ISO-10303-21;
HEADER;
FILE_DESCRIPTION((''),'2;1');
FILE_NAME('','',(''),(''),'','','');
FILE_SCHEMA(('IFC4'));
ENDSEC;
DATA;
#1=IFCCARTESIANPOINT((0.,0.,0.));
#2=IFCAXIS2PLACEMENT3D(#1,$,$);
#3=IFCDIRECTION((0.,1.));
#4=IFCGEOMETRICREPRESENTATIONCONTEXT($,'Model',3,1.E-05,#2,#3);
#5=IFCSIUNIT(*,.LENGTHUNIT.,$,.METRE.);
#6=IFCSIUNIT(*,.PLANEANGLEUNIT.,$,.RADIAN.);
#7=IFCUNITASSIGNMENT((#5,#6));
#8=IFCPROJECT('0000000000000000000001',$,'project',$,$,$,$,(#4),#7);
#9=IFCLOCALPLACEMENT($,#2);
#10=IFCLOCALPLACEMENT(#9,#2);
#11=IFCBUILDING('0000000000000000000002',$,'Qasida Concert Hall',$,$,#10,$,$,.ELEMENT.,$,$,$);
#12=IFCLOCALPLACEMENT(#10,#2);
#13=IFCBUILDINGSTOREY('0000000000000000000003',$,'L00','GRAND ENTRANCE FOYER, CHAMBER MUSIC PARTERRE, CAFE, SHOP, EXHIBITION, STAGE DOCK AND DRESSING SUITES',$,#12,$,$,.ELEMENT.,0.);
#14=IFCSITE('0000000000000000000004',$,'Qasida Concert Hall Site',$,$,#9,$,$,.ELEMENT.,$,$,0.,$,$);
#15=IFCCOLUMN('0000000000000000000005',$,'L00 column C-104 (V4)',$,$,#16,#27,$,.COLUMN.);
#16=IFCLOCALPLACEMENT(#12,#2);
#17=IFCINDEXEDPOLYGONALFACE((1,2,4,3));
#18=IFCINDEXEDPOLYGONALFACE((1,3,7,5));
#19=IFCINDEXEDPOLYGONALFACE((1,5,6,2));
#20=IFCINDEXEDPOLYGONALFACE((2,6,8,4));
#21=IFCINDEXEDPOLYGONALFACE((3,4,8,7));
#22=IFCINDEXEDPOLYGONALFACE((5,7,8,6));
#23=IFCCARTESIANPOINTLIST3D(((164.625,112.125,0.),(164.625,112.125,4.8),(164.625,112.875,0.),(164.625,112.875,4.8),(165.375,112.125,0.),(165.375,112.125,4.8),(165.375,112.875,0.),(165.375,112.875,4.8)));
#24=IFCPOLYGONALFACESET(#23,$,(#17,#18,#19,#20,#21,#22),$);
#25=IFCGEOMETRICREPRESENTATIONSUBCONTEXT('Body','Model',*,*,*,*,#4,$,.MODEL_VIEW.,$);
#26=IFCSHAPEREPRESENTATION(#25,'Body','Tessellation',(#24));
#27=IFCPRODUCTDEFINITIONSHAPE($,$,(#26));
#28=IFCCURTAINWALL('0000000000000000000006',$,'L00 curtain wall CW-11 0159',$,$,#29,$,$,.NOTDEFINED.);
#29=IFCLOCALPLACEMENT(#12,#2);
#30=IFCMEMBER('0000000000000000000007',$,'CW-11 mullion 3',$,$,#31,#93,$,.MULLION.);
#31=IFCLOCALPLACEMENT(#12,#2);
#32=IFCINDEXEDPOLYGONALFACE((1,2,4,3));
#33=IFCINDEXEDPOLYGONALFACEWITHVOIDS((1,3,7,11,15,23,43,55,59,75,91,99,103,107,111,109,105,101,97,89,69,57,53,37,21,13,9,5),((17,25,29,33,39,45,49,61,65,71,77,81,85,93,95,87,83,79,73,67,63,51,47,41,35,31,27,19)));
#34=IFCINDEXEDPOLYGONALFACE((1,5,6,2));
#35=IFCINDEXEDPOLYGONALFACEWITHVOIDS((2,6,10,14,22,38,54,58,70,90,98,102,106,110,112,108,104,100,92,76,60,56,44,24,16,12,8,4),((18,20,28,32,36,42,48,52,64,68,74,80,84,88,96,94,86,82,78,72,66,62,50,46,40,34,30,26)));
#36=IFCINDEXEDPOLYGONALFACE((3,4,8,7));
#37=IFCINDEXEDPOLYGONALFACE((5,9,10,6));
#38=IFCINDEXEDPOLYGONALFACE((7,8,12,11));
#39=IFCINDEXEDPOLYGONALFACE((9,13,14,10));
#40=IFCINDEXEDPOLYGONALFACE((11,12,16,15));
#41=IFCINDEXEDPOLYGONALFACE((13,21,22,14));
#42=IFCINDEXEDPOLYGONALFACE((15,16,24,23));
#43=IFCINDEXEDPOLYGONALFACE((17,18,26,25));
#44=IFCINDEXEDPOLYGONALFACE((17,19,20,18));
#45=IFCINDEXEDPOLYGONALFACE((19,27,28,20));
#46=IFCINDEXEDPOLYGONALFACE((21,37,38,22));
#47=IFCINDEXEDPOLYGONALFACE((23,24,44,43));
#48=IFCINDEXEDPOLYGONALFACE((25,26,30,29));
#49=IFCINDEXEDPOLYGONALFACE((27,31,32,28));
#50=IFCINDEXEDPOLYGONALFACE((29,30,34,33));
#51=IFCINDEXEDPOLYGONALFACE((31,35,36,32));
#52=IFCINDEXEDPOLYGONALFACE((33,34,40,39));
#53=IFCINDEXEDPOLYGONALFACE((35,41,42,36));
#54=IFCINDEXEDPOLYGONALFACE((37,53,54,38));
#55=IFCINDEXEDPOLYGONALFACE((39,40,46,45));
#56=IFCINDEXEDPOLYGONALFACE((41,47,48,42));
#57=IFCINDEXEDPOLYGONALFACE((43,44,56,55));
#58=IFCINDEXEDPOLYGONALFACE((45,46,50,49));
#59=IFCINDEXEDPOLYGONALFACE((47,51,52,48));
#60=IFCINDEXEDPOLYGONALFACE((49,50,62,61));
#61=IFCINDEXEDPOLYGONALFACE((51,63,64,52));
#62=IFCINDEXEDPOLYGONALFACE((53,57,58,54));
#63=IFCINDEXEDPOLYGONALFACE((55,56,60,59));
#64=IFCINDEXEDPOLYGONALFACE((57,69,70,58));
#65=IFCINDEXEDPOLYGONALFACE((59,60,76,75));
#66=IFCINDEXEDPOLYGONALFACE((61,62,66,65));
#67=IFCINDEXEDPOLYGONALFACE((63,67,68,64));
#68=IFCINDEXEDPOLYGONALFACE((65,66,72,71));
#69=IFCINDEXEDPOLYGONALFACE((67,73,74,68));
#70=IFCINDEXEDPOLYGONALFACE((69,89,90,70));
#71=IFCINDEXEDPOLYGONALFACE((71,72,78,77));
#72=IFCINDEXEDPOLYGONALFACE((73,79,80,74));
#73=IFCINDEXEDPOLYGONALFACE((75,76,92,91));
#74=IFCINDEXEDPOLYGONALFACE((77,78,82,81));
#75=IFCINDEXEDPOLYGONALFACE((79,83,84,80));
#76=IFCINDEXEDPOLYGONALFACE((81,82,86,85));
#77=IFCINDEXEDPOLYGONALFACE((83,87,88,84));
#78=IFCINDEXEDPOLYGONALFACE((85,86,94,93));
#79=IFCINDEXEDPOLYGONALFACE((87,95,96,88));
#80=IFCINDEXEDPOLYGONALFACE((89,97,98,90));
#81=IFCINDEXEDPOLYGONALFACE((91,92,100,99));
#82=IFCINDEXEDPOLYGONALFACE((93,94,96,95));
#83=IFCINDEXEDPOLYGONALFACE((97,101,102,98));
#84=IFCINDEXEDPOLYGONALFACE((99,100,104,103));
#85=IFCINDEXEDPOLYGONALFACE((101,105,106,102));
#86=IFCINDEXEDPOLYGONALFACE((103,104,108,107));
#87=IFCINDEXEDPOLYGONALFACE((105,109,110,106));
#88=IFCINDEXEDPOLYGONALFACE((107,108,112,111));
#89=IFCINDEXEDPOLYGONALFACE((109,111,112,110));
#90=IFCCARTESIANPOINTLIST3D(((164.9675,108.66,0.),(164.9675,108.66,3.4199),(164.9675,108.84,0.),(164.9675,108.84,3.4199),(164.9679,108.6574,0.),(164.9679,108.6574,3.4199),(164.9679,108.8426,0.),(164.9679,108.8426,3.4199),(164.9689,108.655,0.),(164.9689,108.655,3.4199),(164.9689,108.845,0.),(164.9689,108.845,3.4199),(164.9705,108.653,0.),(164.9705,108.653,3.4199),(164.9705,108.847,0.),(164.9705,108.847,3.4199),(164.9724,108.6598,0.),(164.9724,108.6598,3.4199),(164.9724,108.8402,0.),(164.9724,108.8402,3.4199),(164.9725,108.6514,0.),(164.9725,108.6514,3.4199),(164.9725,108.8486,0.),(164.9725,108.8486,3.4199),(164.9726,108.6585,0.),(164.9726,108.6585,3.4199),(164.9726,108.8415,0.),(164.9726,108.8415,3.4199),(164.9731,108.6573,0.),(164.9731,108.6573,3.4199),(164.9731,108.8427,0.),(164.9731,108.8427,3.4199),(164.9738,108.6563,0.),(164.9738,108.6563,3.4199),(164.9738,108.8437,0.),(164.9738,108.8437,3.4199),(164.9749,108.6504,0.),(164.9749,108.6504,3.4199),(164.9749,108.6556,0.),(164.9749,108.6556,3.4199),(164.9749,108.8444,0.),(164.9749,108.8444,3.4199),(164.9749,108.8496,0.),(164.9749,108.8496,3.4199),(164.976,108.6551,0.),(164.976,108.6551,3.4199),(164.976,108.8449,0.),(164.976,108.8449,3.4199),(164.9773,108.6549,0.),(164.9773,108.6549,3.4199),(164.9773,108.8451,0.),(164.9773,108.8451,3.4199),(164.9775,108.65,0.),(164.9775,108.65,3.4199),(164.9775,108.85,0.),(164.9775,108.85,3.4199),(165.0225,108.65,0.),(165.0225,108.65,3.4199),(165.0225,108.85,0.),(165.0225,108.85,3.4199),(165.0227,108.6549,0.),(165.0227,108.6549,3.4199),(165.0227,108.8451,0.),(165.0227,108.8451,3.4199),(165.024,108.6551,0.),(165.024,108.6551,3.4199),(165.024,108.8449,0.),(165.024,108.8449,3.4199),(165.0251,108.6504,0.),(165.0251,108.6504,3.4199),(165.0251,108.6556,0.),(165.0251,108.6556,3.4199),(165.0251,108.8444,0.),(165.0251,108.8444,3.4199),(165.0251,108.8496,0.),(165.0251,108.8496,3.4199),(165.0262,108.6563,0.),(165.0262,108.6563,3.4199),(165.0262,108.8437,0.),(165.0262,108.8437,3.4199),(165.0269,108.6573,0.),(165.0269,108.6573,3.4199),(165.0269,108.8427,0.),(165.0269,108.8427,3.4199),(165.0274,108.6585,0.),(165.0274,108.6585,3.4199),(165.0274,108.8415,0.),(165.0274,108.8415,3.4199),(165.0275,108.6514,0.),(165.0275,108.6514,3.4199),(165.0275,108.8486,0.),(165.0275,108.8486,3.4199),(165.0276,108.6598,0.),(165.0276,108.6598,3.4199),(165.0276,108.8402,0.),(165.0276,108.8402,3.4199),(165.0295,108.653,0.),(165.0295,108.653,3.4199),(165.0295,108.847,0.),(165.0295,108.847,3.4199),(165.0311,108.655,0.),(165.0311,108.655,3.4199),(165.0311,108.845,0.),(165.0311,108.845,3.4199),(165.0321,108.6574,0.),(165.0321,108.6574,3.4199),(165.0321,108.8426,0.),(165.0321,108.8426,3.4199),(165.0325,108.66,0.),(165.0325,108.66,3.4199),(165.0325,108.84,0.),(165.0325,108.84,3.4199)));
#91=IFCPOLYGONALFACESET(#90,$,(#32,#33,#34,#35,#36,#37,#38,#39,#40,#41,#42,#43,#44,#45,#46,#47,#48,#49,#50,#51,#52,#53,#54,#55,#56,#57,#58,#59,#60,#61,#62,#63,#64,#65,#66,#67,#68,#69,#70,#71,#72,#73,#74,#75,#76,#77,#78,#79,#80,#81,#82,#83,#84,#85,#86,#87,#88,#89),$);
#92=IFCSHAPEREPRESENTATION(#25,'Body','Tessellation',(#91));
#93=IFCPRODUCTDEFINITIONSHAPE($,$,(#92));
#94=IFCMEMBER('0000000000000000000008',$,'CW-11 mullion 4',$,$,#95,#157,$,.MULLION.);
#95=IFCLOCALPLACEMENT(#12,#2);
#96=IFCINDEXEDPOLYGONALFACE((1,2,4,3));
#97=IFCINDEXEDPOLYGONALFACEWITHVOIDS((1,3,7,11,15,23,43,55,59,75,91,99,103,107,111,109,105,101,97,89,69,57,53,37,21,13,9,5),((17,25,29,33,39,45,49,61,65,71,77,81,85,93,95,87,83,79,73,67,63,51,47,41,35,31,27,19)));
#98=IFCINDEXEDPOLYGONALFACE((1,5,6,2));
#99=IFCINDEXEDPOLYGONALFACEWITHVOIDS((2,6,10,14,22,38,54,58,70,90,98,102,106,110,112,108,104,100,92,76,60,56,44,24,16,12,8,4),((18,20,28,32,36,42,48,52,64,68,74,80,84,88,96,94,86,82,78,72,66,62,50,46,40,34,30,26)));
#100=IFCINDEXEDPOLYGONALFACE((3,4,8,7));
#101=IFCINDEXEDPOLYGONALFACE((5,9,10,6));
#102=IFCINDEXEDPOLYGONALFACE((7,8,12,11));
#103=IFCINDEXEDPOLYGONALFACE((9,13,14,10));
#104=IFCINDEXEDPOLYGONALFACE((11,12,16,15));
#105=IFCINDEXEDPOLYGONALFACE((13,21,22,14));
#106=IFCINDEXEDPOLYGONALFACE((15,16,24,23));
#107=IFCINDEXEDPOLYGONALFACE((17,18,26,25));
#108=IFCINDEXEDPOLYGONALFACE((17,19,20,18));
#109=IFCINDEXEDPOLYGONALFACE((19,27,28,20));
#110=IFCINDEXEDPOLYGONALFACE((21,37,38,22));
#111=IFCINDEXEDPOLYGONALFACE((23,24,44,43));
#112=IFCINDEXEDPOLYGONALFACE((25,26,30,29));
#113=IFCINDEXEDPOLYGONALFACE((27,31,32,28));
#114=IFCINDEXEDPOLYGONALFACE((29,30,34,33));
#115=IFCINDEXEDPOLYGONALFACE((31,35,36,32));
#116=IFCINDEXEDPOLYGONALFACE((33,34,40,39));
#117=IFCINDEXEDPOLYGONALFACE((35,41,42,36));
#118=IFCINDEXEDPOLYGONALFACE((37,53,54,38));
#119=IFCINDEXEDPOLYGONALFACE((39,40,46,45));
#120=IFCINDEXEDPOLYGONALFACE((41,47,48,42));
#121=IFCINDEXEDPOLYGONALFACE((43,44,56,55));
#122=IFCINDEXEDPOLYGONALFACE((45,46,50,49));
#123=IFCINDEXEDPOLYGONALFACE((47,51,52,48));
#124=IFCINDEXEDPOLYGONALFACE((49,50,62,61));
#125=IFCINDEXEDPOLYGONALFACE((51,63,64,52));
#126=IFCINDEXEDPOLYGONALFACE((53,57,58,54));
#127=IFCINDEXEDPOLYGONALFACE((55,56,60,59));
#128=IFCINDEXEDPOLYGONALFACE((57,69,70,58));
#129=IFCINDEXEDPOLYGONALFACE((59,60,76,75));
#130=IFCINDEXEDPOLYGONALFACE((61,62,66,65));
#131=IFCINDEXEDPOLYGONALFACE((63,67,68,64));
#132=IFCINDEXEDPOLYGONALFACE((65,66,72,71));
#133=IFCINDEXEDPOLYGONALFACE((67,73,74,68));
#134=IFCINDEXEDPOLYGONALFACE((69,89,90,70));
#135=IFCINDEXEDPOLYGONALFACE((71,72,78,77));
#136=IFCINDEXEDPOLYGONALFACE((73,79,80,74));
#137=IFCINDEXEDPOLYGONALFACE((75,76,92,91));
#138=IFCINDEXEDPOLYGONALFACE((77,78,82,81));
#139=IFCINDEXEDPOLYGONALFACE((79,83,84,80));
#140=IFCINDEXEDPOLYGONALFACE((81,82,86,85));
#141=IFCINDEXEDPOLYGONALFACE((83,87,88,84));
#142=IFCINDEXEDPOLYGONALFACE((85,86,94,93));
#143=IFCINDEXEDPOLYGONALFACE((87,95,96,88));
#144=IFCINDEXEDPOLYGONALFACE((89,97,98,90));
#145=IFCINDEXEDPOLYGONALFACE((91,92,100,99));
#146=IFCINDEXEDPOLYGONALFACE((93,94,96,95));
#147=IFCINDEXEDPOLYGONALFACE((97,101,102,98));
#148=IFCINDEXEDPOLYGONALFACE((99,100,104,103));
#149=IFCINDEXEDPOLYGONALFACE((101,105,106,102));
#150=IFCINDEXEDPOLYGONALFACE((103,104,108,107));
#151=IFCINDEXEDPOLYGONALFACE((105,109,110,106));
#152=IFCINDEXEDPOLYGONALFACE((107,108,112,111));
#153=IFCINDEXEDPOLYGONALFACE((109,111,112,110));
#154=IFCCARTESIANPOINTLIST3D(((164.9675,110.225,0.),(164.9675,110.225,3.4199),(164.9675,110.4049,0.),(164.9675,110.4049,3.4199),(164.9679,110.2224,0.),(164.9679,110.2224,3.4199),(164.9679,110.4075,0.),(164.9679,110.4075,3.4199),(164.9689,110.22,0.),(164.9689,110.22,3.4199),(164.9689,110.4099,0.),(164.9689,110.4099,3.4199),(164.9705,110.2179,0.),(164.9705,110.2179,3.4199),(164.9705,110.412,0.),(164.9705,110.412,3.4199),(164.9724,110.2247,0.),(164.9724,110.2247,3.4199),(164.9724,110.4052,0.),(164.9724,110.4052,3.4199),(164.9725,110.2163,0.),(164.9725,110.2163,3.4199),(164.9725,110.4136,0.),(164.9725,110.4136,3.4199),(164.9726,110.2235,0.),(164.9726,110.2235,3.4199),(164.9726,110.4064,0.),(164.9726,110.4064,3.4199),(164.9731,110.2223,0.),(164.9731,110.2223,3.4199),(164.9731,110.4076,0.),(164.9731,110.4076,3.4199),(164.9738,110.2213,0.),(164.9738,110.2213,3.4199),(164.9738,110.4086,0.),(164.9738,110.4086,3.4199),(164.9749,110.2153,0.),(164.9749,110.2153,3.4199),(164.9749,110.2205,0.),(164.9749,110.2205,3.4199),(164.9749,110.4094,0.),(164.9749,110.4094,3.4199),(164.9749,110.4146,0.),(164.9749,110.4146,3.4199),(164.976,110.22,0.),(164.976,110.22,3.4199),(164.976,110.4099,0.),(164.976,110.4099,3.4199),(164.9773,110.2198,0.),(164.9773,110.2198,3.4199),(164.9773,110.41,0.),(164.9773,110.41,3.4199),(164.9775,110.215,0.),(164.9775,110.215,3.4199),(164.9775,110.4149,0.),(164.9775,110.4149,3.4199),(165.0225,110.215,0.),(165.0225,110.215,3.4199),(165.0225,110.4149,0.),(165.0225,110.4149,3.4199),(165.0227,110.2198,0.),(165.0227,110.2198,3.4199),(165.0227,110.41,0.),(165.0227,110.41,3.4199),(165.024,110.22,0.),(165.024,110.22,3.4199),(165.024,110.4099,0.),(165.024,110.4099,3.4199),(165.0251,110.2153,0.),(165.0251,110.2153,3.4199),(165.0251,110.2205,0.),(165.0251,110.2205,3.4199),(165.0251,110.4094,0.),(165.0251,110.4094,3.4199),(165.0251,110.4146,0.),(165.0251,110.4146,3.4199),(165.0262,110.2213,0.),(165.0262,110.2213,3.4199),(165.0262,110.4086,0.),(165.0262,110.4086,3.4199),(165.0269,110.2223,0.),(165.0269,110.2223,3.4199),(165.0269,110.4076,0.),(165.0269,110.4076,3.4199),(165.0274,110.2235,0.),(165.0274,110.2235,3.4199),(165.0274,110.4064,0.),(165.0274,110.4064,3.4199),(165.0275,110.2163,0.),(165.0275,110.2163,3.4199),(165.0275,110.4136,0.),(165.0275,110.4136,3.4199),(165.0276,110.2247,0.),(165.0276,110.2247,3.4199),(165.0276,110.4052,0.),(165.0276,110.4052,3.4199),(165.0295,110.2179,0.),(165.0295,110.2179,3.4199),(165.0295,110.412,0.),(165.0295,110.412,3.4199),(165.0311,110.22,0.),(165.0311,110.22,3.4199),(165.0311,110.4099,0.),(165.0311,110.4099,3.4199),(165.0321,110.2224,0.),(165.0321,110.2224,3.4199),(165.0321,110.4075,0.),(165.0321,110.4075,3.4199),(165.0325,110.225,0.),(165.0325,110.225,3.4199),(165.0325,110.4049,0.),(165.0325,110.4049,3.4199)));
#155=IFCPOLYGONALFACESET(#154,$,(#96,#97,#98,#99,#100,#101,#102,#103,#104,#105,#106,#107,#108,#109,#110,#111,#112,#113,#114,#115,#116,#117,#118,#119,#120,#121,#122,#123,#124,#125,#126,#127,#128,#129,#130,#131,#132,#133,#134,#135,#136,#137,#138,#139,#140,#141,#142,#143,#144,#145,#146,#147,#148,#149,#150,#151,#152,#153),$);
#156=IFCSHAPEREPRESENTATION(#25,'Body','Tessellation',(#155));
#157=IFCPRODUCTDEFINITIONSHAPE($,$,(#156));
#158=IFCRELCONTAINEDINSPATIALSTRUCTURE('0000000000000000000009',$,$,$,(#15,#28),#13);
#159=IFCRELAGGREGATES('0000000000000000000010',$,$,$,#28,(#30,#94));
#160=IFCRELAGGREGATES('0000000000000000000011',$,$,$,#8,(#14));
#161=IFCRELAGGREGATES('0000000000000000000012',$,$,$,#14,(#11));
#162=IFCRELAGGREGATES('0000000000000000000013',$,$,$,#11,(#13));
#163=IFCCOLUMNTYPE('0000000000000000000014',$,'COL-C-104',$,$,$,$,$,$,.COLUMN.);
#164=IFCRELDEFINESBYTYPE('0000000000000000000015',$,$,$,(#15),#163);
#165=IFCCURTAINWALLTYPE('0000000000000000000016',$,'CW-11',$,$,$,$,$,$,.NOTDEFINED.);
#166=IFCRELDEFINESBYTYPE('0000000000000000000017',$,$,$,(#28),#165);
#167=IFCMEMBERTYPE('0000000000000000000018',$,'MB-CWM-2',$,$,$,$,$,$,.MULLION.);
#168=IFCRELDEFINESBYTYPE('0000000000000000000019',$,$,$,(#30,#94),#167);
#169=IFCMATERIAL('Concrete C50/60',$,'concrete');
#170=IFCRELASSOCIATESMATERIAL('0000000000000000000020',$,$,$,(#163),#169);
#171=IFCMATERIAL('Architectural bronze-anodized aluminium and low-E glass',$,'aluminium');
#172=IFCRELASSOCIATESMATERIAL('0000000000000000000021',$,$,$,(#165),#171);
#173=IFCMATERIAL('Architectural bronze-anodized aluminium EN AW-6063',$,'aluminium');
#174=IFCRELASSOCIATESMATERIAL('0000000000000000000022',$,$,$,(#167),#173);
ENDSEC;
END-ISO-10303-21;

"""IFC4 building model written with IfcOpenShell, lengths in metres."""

from ifc_helpers import new_model, si_unit, direction, frame, origin, origin_2d, place, context, subcontext, project, spatial, rectangle, hollow_rectangle, extrude, material, material_profile, profile_set, type_object, element, aggregate, save


model = new_model("IFC4")

# Units and contexts
model_context = context("Model", 3, precision=1e-05, world=origin(), true_north=direction((0.0, 1.0)))
body_context = subcontext(model_context, "Body", "Model", "MODEL_VIEW")
ifc_project = project(units=[si_unit("LENGTHUNIT", "METRE"), si_unit("PLANEANGLEUNIT", "RADIAN")], contexts=[model_context])

# Site, building, storey
site_placement = place(None, origin())
site = spatial("IfcSite", under=ifc_project, at=site_placement, Name="Qasida Concert Hall Site", CompositionType="ELEMENT", RefElevation=0.0)
building_placement = place(site_placement, origin())
building = spatial("IfcBuilding", under=site, at=building_placement, Name="Qasida Concert Hall", CompositionType="ELEMENT")
storey_placement = place(building_placement, origin())
storey = spatial("IfcBuildingStorey", under=building, at=storey_placement, Name="L00", Description="GRAND ENTRANCE FOYER, CHAMBER MUSIC PARTERRE, CAFE, SHOP, EXHIBITION, STAGE DOCK AND DRESSING SUITES", CompositionType="ELEMENT", Elevation=0.0)

# Column
ifc_material_1 = material(Name="Concrete C50/60", Category="concrete")
ifc_material_profile_1 = material_profile(ifc_material_1, rectangle(XDim=0.75, YDim=0.75, at=origin_2d()), Name="RC 750x750")
ifc_profile_set_1 = profile_set([ifc_material_profile_1], Name="Concrete C50/60")
column_type = type_object("IfcColumnType", Name="COL-C-104", PredefinedType="COLUMN", material=ifc_profile_set_1)
column_placement = place(storey_placement, frame((165.0, 112.5, 0.0), z_axis=(0.0, 0.0, 1.0), x_axis=(1.0, 0.0, 0.0)))
element("IfcColumn", 1, at=column_placement, inside=storey, type_object=column_type, Name="L00 column C-104 (V4)", PredefinedType="COLUMN", context=body_context, shape_type="SweptSolid", body=[
    extrude(rectangle(XDim=0.75, YDim=0.75, at=origin_2d()), origin(), (0.0, 0.0, 1.0), 4.8),
])

# Curtain wall, members
ifc_material_2 = material(Name="Architectural bronze-anodized aluminium and low-E glass", Category="aluminium")
curtain_wall_type = type_object("IfcCurtainWallType", Name="CW-11", PredefinedType="NOTDEFINED", material=ifc_material_2)
curtain_wall_placement = place(storey_placement, origin())
curtain_wall = element("IfcCurtainWall", 2, at=curtain_wall_placement, inside=storey, type_object=curtain_wall_type, Name="L00 curtain wall CW-11 0159", PredefinedType="NOTDEFINED")
ifc_material_3 = material(Name="Architectural bronze-anodized aluminium EN AW-6063", Category="aluminium")
ifc_material_profile_2 = material_profile(ifc_material_3, hollow_rectangle(XDim=0.0649, YDim=0.2, WallThickness=0.0049, InnerFilletRadius=0.0049, OuterFilletRadius=0.01, at=origin_2d()), Name="CWM 200x65x5")
ifc_profile_set_2 = profile_set([ifc_material_profile_2], Name="Architectural bronze-anodized aluminium EN AW-6063")
member_type_1 = type_object("IfcMemberType", Name="MB-CWM-2", PredefinedType="MULLION", material=ifc_profile_set_2)
member_1_placement = place(storey_placement, frame((165.0, 108.75, 0.0), z_axis=(0.0, 0.0, 1.0), x_axis=(-1.0, 0.0, 0.0)))
member_1 = element("IfcMember", 3, at=member_1_placement, type_object=member_type_1, Name="CW-11 mullion 3", PredefinedType="MULLION", context=body_context, shape_type="SweptSolid", body=[
    extrude(hollow_rectangle(XDim=0.0649, YDim=0.2, WallThickness=0.0049, InnerFilletRadius=0.0049, OuterFilletRadius=0.01, at=origin_2d()), origin(), (0.0, 0.0, 1.0), 3.4199),
])
member_2_placement = place(storey_placement, frame((165.0, 110.3149, 0.0), z_axis=(0.0, 0.0, 1.0), x_axis=(-1.0, 0.0, 0.0)))
member_2 = element("IfcMember", 4, at=member_2_placement, type_object=member_type_1, Name="CW-11 mullion 4", PredefinedType="MULLION", context=body_context, shape_type="SweptSolid", body=[
    extrude(hollow_rectangle(XDim=0.0649, YDim=0.2, WallThickness=0.0049, InnerFilletRadius=0.0049, OuterFilletRadius=0.01, at=origin_2d()), origin(), (0.0, 0.0, 1.0), 3.4199),
])
aggregate(curtain_wall, [member_1, member_2])

save(model, "model.ifc")
